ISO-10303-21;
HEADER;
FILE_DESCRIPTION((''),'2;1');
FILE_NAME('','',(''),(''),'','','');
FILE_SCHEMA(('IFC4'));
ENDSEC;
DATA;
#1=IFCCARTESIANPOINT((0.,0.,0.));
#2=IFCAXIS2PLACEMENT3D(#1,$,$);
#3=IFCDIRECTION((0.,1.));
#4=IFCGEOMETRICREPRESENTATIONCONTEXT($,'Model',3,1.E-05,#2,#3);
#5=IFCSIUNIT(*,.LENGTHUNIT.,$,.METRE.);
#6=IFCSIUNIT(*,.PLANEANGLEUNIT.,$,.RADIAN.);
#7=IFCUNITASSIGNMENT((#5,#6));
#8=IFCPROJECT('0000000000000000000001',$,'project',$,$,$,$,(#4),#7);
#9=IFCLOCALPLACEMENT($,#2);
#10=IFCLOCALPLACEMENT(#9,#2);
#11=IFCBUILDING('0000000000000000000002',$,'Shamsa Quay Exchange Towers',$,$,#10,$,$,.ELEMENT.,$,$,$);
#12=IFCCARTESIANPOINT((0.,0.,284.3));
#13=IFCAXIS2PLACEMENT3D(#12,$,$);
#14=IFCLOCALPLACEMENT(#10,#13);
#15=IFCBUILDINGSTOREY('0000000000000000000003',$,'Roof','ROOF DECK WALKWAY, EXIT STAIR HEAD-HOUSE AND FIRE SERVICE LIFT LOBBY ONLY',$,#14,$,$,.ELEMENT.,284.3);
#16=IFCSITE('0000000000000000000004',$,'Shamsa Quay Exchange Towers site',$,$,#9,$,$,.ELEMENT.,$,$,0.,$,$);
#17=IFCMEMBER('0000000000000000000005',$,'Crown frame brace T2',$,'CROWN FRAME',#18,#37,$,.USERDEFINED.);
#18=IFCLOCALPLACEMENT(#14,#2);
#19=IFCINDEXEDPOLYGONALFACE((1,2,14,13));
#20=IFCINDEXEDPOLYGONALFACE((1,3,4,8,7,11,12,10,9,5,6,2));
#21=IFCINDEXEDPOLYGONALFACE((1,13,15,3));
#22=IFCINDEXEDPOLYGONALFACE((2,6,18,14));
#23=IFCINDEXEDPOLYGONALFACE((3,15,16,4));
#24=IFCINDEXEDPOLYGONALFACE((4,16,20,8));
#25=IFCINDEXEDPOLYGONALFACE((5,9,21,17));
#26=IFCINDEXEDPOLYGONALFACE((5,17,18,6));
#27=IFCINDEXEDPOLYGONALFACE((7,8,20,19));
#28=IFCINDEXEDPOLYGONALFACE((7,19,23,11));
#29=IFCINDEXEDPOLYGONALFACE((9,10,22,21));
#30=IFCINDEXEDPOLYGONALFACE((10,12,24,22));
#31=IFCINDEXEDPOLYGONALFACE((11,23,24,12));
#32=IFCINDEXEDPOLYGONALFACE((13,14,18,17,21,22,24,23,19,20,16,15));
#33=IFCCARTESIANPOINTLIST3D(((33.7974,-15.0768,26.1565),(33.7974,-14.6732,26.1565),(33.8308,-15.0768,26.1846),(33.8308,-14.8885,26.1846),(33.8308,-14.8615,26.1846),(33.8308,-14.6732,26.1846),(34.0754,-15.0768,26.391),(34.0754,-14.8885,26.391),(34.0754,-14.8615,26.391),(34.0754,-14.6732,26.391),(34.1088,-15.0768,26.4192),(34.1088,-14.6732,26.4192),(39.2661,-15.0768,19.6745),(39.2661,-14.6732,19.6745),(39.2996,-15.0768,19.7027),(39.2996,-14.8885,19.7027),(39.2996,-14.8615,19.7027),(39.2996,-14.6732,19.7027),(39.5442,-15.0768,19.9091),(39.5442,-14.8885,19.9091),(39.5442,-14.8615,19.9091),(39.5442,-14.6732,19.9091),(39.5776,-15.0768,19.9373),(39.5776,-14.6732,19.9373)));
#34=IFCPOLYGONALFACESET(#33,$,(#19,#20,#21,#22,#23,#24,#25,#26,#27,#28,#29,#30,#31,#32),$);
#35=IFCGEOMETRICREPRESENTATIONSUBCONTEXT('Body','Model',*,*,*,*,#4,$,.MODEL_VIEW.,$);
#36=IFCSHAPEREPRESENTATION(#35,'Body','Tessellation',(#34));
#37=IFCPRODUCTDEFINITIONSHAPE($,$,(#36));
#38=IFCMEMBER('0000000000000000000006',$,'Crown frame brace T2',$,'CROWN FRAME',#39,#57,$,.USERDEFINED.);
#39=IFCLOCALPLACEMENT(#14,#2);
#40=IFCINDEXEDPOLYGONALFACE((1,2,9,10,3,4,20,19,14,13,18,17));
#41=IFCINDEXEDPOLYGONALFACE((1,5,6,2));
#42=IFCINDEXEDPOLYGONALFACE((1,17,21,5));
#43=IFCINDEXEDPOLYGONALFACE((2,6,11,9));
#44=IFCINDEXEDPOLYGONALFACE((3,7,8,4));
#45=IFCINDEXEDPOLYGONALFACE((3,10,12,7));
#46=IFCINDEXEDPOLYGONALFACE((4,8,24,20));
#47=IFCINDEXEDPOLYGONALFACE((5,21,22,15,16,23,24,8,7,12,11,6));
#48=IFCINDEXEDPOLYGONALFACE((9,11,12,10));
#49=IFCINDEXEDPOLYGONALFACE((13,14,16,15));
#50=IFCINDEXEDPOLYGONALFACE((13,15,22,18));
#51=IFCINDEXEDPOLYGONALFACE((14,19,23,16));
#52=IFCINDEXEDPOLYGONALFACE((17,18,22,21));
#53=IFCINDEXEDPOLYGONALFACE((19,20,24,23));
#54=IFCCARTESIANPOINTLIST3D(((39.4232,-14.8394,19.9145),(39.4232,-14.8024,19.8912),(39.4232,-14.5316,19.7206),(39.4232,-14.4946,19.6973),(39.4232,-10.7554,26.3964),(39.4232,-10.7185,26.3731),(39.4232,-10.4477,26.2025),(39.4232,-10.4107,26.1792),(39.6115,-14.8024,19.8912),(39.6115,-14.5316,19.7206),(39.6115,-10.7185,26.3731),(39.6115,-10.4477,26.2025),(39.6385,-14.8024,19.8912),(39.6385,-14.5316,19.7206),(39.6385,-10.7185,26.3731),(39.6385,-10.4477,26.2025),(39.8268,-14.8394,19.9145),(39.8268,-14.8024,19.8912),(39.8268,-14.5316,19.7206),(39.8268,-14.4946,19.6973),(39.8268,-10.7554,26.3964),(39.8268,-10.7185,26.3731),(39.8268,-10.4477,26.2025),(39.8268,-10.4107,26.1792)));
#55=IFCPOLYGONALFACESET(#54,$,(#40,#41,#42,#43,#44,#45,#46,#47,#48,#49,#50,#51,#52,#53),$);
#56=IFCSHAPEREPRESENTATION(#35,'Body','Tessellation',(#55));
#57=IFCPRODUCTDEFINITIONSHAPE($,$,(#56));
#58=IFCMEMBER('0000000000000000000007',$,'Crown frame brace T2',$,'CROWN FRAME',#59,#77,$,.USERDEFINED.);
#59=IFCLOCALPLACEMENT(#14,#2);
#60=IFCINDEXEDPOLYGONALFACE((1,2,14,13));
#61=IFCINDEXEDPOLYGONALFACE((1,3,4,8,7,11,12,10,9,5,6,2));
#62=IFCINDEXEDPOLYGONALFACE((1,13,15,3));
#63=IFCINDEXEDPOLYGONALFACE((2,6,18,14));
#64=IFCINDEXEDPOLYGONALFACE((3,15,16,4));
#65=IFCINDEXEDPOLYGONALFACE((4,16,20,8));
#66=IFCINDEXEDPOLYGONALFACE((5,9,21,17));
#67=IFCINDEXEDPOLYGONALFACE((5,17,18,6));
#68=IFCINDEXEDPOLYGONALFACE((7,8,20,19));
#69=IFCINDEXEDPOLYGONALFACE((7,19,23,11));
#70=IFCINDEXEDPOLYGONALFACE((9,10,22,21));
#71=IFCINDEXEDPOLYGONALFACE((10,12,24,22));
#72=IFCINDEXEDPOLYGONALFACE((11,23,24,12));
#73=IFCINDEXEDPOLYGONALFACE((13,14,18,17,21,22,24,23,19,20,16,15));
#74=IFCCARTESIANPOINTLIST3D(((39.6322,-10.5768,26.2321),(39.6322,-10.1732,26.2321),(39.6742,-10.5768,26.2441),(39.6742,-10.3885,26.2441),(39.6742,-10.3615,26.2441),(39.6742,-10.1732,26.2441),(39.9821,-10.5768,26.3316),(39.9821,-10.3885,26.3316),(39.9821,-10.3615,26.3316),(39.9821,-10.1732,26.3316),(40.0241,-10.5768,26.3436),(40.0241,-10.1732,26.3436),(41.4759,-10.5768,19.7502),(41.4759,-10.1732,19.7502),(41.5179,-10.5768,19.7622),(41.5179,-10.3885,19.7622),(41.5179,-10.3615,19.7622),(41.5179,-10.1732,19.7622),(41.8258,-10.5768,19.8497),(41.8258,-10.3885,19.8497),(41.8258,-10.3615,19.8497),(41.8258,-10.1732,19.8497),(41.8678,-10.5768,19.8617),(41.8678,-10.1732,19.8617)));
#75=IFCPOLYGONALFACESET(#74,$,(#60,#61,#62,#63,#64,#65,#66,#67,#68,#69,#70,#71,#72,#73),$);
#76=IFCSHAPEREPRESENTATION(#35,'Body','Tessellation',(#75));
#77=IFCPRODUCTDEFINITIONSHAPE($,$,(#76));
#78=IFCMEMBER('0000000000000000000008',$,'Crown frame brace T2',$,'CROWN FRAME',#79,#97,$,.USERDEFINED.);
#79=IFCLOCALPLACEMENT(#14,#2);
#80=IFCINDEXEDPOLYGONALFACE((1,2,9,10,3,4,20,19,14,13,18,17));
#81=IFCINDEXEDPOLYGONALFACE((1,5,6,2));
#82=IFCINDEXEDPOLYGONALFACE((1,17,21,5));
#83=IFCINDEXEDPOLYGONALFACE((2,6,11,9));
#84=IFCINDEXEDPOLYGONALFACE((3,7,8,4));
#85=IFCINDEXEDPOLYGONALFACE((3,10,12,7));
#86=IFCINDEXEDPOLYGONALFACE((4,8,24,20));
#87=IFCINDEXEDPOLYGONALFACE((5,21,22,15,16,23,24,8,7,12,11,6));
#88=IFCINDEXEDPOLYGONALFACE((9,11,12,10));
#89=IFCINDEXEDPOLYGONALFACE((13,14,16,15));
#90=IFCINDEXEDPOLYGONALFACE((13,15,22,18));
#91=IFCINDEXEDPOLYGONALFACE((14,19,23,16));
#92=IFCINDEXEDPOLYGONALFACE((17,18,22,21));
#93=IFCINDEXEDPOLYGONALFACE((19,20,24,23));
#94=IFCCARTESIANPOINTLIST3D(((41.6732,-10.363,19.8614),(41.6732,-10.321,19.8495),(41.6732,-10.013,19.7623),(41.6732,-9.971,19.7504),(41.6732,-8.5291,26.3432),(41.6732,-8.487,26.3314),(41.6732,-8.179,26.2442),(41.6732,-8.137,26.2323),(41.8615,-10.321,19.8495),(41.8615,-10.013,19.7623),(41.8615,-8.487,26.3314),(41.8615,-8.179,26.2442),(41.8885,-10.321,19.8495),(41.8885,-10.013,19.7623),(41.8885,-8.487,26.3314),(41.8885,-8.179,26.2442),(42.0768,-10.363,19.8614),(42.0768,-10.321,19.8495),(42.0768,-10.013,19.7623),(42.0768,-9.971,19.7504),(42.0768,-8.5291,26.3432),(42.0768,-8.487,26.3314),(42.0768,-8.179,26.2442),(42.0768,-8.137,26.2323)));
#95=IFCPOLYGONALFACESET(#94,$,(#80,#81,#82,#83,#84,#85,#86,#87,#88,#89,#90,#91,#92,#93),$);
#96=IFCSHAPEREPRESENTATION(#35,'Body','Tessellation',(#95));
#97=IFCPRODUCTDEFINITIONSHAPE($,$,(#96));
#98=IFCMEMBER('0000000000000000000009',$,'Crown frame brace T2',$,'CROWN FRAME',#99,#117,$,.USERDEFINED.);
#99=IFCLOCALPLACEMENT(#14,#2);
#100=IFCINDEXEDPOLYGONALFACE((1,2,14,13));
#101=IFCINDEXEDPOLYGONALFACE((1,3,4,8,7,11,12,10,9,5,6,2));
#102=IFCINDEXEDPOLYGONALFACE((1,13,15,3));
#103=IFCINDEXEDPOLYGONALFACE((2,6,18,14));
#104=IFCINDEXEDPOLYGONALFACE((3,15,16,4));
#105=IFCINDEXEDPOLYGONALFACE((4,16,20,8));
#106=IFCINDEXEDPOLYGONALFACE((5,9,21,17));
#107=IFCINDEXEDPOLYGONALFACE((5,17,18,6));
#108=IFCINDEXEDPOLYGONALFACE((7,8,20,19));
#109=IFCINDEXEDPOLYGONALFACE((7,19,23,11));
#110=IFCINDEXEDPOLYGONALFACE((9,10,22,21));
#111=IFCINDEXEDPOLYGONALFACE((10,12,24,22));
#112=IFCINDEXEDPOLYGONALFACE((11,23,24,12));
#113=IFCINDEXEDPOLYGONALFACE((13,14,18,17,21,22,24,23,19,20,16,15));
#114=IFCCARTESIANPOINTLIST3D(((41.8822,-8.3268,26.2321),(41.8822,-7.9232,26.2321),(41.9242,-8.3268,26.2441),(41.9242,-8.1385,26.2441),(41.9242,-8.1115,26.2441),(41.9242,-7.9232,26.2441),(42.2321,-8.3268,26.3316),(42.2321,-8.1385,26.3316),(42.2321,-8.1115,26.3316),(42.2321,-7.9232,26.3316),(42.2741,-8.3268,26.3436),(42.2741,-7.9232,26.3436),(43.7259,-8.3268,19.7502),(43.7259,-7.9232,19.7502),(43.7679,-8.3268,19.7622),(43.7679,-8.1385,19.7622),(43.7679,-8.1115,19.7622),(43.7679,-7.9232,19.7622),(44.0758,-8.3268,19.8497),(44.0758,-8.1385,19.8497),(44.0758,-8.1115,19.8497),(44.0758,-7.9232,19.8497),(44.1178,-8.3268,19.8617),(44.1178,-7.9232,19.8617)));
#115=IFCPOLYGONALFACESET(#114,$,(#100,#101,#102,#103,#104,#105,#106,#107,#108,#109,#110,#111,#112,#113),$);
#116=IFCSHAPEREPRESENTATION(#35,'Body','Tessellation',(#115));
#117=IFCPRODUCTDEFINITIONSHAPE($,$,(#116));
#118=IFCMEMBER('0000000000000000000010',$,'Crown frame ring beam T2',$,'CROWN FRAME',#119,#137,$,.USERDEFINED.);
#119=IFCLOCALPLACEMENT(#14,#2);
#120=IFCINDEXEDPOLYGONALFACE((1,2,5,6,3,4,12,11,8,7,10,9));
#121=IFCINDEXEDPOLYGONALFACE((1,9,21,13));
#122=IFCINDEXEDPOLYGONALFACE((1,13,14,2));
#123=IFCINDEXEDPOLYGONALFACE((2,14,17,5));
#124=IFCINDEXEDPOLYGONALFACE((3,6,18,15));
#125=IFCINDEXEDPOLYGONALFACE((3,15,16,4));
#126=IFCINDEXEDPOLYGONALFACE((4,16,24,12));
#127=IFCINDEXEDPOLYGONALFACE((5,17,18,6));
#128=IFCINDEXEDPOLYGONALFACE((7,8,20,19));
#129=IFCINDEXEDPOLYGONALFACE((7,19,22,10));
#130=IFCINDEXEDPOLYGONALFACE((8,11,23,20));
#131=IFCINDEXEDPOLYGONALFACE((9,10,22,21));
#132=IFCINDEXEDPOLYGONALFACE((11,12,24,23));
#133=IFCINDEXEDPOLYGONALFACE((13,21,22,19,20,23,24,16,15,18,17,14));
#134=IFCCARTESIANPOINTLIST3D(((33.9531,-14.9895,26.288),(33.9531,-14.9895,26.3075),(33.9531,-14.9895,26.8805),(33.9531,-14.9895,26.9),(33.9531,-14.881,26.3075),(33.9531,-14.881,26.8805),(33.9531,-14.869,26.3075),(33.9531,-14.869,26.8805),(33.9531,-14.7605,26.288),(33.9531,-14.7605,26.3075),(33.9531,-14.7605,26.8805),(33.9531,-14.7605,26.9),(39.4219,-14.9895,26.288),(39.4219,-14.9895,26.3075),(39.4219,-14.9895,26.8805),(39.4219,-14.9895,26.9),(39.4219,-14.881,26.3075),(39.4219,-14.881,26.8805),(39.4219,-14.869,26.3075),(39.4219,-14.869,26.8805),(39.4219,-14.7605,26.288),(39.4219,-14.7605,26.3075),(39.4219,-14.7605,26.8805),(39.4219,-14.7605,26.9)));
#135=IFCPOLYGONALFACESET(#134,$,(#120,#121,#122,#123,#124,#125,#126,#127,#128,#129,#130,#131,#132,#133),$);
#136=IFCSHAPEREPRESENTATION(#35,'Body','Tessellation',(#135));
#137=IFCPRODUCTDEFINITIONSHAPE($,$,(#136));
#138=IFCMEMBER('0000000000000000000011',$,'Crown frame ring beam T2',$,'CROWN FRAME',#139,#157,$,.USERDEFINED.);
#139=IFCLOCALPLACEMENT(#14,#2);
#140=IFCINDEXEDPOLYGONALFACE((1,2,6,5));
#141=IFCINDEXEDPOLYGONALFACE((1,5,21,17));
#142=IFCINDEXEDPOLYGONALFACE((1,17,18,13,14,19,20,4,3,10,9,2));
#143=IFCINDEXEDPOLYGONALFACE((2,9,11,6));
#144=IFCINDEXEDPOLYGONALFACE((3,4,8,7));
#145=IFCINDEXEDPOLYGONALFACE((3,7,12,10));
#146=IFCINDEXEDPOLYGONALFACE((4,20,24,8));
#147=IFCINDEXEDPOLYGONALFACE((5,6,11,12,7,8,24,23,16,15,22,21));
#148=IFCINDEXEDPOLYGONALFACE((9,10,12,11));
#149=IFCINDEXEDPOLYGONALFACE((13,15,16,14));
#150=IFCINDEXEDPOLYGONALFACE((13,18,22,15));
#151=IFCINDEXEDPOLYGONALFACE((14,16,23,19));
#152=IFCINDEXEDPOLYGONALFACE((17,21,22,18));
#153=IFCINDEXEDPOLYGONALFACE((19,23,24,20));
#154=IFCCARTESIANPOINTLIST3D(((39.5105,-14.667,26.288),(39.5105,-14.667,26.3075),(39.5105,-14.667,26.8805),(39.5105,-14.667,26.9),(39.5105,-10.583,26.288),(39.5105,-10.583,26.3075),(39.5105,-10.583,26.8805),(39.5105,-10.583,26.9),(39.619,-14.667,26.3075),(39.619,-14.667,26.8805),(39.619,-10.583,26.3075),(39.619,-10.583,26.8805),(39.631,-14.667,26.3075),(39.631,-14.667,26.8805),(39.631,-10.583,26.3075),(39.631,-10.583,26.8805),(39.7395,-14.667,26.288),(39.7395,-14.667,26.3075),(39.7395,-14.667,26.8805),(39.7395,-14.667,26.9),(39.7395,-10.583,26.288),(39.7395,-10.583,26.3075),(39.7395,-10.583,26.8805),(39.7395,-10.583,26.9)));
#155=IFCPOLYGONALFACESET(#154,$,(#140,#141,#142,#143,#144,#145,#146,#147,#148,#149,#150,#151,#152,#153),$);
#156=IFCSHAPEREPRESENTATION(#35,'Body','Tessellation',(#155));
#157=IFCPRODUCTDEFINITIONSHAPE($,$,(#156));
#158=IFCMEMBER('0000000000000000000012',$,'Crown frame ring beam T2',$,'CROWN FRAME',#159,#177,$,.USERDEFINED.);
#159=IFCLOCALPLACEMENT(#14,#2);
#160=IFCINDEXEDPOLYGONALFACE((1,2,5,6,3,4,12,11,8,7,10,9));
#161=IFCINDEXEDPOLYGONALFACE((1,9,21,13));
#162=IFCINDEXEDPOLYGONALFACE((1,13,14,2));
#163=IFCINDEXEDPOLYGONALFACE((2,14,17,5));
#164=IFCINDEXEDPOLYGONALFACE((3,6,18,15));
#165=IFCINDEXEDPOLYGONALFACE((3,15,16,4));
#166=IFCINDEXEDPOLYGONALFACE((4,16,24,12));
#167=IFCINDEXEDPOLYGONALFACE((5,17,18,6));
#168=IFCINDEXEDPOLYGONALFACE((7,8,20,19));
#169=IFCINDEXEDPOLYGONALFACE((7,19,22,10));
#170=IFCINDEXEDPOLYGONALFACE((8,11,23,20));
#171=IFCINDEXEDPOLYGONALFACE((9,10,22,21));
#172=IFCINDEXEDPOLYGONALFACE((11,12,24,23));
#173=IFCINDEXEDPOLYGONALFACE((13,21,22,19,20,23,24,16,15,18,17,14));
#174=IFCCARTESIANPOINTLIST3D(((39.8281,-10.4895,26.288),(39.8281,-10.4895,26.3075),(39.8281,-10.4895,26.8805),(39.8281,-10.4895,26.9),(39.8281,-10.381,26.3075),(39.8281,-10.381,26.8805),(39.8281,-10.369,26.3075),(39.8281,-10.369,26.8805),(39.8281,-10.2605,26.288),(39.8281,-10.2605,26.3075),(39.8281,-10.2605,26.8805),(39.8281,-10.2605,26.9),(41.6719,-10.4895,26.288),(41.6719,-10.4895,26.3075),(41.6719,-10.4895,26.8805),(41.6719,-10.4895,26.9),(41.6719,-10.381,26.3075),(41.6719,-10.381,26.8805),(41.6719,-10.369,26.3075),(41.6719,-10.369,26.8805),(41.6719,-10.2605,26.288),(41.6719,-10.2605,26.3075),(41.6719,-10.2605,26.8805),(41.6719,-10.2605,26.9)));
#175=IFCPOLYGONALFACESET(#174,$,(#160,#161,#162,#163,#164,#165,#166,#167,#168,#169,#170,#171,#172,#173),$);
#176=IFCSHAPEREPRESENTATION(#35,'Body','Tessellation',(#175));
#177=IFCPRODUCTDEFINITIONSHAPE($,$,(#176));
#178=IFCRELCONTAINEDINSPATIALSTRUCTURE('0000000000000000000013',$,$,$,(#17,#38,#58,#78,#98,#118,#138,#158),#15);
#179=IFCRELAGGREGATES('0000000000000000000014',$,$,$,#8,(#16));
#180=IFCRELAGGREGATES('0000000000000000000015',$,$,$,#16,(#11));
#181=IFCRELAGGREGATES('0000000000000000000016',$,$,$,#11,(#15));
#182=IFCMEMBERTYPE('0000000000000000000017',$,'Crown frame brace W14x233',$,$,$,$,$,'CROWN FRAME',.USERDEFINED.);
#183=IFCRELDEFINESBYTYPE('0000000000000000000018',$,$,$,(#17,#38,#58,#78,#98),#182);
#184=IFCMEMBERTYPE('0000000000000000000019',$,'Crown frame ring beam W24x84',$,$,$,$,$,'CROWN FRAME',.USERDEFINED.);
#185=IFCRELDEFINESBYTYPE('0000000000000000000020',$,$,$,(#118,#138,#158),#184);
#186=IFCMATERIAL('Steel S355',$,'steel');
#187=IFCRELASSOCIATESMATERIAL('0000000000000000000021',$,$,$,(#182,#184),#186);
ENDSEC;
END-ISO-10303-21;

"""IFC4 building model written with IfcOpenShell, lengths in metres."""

from ifc_helpers import new_model, si_unit, direction, frame, origin, origin_2d, place, context, subcontext, project, spatial, i_section, extrude, material, material_profile, profile_set, type_object, element, save


model = new_model("IFC4")

# Units and contexts
model_context = context("Model", 3, precision=1e-05, world=origin(), true_north=direction((0.0, 1.0)))
body_context = subcontext(model_context, "Body", "Model", "MODEL_VIEW")
ifc_project = project(units=[si_unit("LENGTHUNIT", "METRE"), si_unit("PLANEANGLEUNIT", "RADIAN")], contexts=[model_context])

# Site, building, storey
site_placement = place(None, origin())
site = spatial("IfcSite", under=ifc_project, at=site_placement, Name="Shamsa Quay Exchange Towers site", CompositionType="ELEMENT", RefElevation=0.0)
building_placement = place(site_placement, origin())
building = spatial("IfcBuilding", under=site, at=building_placement, Name="Shamsa Quay Exchange Towers", CompositionType="ELEMENT")
storey_placement = place(building_placement, frame((0.0, 0.0, 284.3)))
storey = spatial("IfcBuildingStorey", under=building, at=storey_placement, Name="Roof", Description="ROOF DECK WALKWAY, EXIT STAIR HEAD-HOUSE AND FIRE SERVICE LIFT LOBBY ONLY", CompositionType="ELEMENT", Elevation=284.3)

# Members
ifc_material_1 = material(Name="Steel S355", Category="steel")
ifc_material_profile_1 = material_profile(ifc_material_1, i_section(OverallWidth=0.4036, OverallDepth=0.4075, WebThickness=0.0271, FlangeThickness=0.0437, at=origin_2d()), Name="W14x233")
ifc_profile_set_1 = profile_set([ifc_material_profile_1], Name="Steel S355")
member_type_1 = type_object("IfcMemberType", Name="Crown frame brace W14x233", ElementType="CROWN FRAME", PredefinedType="USERDEFINED", material=ifc_profile_set_1)
member_1_placement = place(storey_placement, frame((33.9531, -14.875, 26.2878), z_axis=(0.644845, 0.0, -0.764314), x_axis=(0.0, 1.0, 0.0)))
element("IfcMember", 1, at=member_1_placement, inside=storey, type_object=member_type_1, Name="Crown frame brace T2", ObjectType="CROWN FRAME", PredefinedType="USERDEFINED", context=body_context, shape_type="SweptSolid", body=[
    extrude(i_section(OverallWidth=0.4036, OverallDepth=0.4075, WebThickness=0.0271, FlangeThickness=0.0437, at=origin_2d()), origin(), (0.0, 0.0, 1.0), 8.4807),
])
member_2_placement = place(storey_placement, frame((39.625, -14.667, 19.8059), z_axis=(0.0, 0.533072, 0.84607), x_axis=(-1.0, 0.0, 0.0)))
element("IfcMember", 2, at=member_2_placement, inside=storey, type_object=member_type_1, Name="Crown frame brace T2", ObjectType="CROWN FRAME", PredefinedType="USERDEFINED", context=body_context, shape_type="SweptSolid", body=[
    extrude(i_section(OverallWidth=0.4036, OverallDepth=0.4075, WebThickness=0.0271, FlangeThickness=0.0437, at=origin_2d()), origin(), (0.0, 0.0, 1.0), 7.6611),
])
member_3_placement = place(storey_placement, frame((39.8281, -10.375, 26.2878), z_axis=(0.273592, 0.0, -0.961846), x_axis=(0.0, 1.0, 0.0)))
element("IfcMember", 3, at=member_3_placement, inside=storey, type_object=member_type_1, Name="Crown frame brace T2", ObjectType="CROWN FRAME", PredefinedType="USERDEFINED", context=body_context, shape_type="SweptSolid", body=[
    extrude(i_section(OverallWidth=0.4036, OverallDepth=0.4075, WebThickness=0.0271, FlangeThickness=0.0437, at=origin_2d()), origin(), (0.0, 0.0, 1.0), 6.739),
])
member_4_placement = place(storey_placement, frame((41.875, -10.167, 19.8059), z_axis=(0.0, 0.27225, 0.962226), x_axis=(-1.0, 0.0, 0.0)))
element("IfcMember", 4, at=member_4_placement, inside=storey, type_object=member_type_1, Name="Crown frame brace T2", ObjectType="CROWN FRAME", PredefinedType="USERDEFINED", context=body_context, shape_type="SweptSolid", body=[
    extrude(i_section(OverallWidth=0.4036, OverallDepth=0.4075, WebThickness=0.0271, FlangeThickness=0.0437, at=origin_2d()), origin(), (0.0, 0.0, 1.0), 6.7363),
])
member_5_placement = place(storey_placement, frame((42.0781, -8.125, 26.2878), z_axis=(0.273592, 0.0, -0.961846), x_axis=(0.0, 1.0, 0.0)))
element("IfcMember", 5, at=member_5_placement, inside=storey, type_object=member_type_1, Name="Crown frame brace T2", ObjectType="CROWN FRAME", PredefinedType="USERDEFINED", context=body_context, shape_type="SweptSolid", body=[
    extrude(i_section(OverallWidth=0.4036, OverallDepth=0.4075, WebThickness=0.0271, FlangeThickness=0.0437, at=origin_2d()), origin(), (0.0, 0.0, 1.0), 6.739),
])
ifc_material_profile_2 = material_profile(ifc_material_1, i_section(OverallWidth=0.229, OverallDepth=0.6121, WebThickness=0.012, FlangeThickness=0.0195, at=origin_2d()), Name="W24x84")
ifc_profile_set_2 = profile_set([ifc_material_profile_2], Name="Steel S355")
member_type_2 = type_object("IfcMemberType", Name="Crown frame ring beam W24x84", ElementType="CROWN FRAME", PredefinedType="USERDEFINED", material=ifc_profile_set_2)
member_6_placement = place(storey_placement, frame((33.9531, -14.875, 26.594), z_axis=(1.0, 0.0, 0.0), x_axis=(0.0, 1.0, 0.0)))
element("IfcMember", 6, at=member_6_placement, inside=storey, type_object=member_type_2, Name="Crown frame ring beam T2", ObjectType="CROWN FRAME", PredefinedType="USERDEFINED", context=body_context, shape_type="SweptSolid", body=[
    extrude(i_section(OverallWidth=0.229, OverallDepth=0.6121, WebThickness=0.012, FlangeThickness=0.0195, at=origin_2d()), origin(), (0.0, 0.0, 1.0), 5.4688),
])
member_7_placement = place(storey_placement, frame((39.625, -14.667, 26.594), z_axis=(0.0, 1.0, 0.0), x_axis=(-1.0, 0.0, 0.0)))
element("IfcMember", 7, at=member_7_placement, inside=storey, type_object=member_type_2, Name="Crown frame ring beam T2", ObjectType="CROWN FRAME", PredefinedType="USERDEFINED", context=body_context, shape_type="SweptSolid", body=[
    extrude(i_section(OverallWidth=0.229, OverallDepth=0.6121, WebThickness=0.012, FlangeThickness=0.0195, at=origin_2d()), origin(), (0.0, 0.0, 1.0), 4.084),
])
member_8_placement = place(storey_placement, frame((39.8281, -10.375, 26.594), z_axis=(1.0, 0.0, 0.0), x_axis=(0.0, 1.0, 0.0)))
element("IfcMember", 8, at=member_8_placement, inside=storey, type_object=member_type_2, Name="Crown frame ring beam T2", ObjectType="CROWN FRAME", PredefinedType="USERDEFINED", context=body_context, shape_type="SweptSolid", body=[
    extrude(i_section(OverallWidth=0.229, OverallDepth=0.6121, WebThickness=0.012, FlangeThickness=0.0195, at=origin_2d()), origin(), (0.0, 0.0, 1.0), 1.8438),
])

save(model, "model.ifc")
